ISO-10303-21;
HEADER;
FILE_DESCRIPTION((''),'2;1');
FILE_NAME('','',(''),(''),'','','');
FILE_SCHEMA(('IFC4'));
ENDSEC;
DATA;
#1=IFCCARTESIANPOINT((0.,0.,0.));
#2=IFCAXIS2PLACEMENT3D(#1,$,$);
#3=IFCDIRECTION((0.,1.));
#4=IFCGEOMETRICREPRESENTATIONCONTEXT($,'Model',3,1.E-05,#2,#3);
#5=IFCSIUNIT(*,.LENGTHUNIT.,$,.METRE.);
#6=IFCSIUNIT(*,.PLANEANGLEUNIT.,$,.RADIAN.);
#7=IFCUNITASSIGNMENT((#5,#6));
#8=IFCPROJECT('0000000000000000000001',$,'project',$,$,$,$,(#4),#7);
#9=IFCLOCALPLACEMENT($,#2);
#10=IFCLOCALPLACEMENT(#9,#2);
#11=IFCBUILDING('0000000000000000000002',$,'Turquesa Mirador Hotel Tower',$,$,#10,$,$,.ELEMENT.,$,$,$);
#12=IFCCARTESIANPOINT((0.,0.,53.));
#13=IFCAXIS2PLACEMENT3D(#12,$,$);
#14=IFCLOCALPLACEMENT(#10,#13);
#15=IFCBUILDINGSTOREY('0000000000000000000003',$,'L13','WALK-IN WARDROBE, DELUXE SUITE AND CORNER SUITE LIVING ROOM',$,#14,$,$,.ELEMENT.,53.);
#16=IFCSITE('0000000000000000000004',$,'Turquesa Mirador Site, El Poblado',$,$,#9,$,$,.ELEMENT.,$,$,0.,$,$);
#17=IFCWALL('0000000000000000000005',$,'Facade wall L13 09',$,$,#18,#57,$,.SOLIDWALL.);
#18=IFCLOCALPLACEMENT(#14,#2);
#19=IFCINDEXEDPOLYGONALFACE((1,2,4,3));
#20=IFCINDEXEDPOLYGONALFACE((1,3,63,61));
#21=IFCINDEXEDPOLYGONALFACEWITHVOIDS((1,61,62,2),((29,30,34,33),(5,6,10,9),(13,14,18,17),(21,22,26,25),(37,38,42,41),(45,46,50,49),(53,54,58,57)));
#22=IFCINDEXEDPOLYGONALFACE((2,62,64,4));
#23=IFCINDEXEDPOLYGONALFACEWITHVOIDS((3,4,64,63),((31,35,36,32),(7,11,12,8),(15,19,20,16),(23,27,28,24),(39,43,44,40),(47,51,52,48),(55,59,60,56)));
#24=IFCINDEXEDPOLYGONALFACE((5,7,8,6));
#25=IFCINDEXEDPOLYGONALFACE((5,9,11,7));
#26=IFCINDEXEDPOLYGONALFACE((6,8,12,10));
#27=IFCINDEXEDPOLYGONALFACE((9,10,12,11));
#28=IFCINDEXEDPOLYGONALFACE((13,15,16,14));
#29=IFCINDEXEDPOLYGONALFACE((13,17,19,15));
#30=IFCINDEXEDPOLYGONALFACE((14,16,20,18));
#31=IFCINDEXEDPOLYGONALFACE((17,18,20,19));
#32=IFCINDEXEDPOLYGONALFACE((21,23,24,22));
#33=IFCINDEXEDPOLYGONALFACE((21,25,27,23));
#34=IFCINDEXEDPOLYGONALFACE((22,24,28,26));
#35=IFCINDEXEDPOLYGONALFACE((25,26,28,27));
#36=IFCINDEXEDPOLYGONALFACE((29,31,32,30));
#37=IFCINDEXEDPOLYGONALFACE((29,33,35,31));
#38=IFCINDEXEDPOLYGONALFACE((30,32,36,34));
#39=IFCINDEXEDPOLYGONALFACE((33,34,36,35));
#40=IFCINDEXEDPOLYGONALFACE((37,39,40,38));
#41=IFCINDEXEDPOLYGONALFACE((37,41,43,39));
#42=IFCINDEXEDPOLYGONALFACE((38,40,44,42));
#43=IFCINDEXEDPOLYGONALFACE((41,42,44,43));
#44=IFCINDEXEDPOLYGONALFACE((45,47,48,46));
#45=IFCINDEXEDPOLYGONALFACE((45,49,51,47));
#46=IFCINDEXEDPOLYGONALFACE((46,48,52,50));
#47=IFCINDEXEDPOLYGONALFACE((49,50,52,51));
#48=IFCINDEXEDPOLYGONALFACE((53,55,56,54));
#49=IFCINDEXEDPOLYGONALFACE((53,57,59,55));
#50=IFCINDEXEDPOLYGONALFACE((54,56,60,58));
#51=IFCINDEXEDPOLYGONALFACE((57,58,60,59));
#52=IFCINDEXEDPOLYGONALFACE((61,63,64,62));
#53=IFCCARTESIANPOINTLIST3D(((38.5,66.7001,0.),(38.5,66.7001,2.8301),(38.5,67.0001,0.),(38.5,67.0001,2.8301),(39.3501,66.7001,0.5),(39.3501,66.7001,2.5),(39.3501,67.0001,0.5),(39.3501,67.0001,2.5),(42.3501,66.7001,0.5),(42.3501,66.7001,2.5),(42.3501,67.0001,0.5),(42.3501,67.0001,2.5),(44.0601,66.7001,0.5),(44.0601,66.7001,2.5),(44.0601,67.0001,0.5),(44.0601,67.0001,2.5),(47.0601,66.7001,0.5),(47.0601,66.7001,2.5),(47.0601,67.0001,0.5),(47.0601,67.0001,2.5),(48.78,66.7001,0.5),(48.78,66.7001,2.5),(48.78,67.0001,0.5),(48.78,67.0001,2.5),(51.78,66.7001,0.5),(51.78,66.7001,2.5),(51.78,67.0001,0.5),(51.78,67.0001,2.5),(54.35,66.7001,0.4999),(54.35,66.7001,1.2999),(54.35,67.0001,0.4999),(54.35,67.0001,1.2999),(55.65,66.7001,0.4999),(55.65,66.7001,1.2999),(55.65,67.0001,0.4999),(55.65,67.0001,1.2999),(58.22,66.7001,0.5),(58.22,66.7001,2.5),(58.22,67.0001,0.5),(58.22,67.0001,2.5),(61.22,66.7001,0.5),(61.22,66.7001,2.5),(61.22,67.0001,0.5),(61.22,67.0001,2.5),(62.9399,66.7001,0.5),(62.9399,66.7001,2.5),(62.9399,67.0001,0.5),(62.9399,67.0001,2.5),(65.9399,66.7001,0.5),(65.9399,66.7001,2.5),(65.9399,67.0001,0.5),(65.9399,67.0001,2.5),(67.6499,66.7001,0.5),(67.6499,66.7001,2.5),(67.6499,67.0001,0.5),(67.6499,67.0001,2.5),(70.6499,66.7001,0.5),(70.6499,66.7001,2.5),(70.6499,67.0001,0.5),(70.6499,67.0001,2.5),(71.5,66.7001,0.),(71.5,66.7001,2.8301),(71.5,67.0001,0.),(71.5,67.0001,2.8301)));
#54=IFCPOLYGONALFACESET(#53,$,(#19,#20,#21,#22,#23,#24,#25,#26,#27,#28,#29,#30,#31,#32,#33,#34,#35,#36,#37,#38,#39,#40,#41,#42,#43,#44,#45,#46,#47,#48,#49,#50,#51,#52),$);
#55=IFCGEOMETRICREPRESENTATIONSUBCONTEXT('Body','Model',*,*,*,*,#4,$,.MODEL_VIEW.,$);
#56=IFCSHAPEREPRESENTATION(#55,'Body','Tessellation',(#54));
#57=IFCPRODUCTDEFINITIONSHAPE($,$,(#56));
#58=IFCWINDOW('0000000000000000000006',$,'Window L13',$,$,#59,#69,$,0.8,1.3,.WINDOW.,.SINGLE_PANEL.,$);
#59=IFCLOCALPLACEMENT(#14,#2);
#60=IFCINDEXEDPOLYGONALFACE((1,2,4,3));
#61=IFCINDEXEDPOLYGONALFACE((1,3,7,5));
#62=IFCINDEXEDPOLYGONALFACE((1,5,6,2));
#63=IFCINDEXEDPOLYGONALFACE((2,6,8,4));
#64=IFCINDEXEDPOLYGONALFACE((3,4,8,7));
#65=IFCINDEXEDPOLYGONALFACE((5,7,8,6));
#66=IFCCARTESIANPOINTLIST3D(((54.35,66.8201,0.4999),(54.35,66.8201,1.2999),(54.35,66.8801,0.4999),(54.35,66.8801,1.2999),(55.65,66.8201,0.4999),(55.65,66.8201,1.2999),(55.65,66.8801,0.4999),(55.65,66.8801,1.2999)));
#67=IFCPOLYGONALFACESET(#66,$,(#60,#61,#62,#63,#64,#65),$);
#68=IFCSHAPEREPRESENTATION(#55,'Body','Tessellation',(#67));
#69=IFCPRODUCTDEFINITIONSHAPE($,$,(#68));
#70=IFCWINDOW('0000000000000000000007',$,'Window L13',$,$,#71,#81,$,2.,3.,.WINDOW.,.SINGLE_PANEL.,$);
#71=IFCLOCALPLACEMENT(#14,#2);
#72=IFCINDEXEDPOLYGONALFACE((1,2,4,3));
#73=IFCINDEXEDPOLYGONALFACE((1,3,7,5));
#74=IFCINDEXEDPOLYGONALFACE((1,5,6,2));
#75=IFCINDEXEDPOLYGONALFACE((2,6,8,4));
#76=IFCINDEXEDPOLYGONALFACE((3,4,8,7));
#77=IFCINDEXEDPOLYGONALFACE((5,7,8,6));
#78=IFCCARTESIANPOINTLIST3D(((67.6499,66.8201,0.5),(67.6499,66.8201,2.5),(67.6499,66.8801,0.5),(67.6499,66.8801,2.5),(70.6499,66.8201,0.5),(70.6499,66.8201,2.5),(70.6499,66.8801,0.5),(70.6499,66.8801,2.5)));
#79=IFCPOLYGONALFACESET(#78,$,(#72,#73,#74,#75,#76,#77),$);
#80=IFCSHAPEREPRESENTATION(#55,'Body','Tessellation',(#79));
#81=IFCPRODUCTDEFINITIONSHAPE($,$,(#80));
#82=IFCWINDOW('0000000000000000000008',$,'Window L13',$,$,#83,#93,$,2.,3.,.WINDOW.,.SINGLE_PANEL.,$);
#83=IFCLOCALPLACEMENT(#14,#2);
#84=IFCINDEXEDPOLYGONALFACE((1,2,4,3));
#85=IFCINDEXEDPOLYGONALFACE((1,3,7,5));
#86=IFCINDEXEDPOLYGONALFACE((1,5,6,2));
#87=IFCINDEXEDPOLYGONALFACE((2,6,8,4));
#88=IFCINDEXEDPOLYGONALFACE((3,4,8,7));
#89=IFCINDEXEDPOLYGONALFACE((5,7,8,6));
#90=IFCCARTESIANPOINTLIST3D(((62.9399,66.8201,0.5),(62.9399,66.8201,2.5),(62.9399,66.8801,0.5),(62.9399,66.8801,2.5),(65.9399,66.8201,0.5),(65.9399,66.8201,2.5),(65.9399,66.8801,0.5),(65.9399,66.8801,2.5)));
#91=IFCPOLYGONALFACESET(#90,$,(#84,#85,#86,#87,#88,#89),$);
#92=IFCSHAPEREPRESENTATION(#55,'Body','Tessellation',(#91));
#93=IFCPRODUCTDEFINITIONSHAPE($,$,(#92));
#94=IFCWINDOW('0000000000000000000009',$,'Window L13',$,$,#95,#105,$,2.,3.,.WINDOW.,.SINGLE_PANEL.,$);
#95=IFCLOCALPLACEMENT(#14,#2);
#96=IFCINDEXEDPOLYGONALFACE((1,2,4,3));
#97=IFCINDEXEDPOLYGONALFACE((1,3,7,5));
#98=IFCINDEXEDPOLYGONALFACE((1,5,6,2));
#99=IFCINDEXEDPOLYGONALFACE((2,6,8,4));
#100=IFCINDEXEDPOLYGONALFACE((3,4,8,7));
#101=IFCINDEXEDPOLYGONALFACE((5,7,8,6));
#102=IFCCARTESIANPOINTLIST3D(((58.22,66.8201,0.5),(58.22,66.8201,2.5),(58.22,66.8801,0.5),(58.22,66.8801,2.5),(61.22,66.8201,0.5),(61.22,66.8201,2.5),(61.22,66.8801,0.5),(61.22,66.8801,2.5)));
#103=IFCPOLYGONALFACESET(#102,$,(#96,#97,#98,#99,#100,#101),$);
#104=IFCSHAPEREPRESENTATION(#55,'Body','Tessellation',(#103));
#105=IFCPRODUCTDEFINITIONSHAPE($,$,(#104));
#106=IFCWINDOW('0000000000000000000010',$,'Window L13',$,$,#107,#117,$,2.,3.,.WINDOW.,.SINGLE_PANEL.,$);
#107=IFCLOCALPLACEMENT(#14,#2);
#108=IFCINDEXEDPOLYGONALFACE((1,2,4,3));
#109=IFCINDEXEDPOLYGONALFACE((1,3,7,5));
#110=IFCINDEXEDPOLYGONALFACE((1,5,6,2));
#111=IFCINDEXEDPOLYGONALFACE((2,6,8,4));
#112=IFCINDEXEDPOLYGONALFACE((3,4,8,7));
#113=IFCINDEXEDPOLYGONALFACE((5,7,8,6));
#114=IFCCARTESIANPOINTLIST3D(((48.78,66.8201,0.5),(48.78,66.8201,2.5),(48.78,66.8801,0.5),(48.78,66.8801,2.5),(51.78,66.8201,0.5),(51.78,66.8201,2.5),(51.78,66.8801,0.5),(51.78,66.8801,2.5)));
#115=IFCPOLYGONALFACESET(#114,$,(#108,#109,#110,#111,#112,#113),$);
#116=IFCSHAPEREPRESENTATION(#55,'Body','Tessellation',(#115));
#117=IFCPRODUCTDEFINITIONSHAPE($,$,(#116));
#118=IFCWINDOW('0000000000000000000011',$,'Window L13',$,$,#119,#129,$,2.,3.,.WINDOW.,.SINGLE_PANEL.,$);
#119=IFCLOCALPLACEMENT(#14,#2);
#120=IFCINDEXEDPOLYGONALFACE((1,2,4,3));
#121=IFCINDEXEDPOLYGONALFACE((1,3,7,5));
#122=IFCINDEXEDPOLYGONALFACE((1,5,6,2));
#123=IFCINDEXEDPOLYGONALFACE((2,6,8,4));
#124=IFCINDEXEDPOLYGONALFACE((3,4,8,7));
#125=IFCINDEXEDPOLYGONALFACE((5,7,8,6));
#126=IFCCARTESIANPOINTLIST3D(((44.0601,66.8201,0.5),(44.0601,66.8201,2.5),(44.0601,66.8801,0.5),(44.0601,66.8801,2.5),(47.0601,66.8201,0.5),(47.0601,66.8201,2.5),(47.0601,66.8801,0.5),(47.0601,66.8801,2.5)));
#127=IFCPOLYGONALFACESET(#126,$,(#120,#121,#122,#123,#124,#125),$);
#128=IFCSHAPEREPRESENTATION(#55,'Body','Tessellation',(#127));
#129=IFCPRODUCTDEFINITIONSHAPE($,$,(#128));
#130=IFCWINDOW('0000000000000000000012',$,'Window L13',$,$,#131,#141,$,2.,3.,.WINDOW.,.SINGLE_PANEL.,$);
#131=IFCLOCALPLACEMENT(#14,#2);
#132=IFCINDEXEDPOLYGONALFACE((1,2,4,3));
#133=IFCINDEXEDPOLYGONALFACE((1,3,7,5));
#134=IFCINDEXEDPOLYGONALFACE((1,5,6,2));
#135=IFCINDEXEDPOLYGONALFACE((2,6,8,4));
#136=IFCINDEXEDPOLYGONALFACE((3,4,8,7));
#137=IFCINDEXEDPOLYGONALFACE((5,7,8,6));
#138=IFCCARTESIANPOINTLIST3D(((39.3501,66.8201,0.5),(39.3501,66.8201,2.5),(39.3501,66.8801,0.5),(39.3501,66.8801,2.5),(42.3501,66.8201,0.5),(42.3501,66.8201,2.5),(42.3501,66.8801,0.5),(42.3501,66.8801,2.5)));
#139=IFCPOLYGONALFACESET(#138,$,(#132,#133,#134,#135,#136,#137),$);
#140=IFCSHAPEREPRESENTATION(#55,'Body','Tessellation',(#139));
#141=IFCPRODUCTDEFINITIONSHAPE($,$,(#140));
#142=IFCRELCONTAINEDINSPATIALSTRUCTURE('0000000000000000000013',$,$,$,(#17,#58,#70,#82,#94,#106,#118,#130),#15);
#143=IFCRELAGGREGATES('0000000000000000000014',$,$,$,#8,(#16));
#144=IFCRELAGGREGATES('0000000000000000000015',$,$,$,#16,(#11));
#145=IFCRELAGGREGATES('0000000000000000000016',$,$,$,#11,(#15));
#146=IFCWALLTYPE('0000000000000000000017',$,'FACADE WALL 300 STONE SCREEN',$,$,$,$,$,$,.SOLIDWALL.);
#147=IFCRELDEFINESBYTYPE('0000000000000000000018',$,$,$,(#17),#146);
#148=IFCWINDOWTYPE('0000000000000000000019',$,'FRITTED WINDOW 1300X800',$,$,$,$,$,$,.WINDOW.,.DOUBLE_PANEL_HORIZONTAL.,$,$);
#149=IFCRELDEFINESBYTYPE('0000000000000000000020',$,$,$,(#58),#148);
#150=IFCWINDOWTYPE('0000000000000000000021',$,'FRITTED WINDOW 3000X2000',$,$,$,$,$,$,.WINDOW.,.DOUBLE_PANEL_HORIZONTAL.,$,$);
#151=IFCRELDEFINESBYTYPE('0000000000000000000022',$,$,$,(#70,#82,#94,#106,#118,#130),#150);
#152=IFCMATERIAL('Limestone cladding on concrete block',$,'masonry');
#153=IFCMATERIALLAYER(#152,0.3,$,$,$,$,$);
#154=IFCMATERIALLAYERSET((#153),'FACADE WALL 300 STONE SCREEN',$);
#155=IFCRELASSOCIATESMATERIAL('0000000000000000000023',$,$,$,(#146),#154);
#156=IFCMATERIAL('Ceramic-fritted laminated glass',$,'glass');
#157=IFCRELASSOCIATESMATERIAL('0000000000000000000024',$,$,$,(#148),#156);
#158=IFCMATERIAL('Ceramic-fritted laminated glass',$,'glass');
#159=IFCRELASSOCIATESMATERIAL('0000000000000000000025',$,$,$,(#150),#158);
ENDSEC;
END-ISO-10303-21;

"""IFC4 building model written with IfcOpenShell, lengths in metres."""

from ifc_helpers import new_model, si_unit, direction, frame, frame_2d, origin, place, context, subcontext, project, spatial, rectangle, extrude, material, layer, layer_set, type_object, element, fill, save


model = new_model("IFC4")

# Units and contexts
model_context = context("Model", 3, precision=1e-05, world=origin(), true_north=direction((0.0, 1.0)))
body_context = subcontext(model_context, "Body", "Model", "MODEL_VIEW")
ifc_project = project(units=[si_unit("LENGTHUNIT", "METRE"), si_unit("PLANEANGLEUNIT", "RADIAN")], contexts=[model_context])

# Site, building, storey
site_placement = place(None, origin())
site = spatial("IfcSite", under=ifc_project, at=site_placement, Name="Turquesa Mirador Site, El Poblado", CompositionType="ELEMENT", RefElevation=0.0)
building_placement = place(site_placement, origin())
building = spatial("IfcBuilding", under=site, at=building_placement, Name="Turquesa Mirador Hotel Tower", CompositionType="ELEMENT")
storey_placement = place(building_placement, frame((0.0, 0.0, 53.0)))
storey = spatial("IfcBuildingStorey", under=building, at=storey_placement, Name="L13", Description="WALK-IN WARDROBE, DELUXE SUITE AND CORNER SUITE LIVING ROOM", CompositionType="ELEMENT", Elevation=53.0)

# Shared definitions
ifc_material_1 = material(Name="Limestone cladding on concrete block", Category="masonry")
ifc_layer = layer(ifc_material_1, 0.3)
ifc_layer_set = layer_set([ifc_layer], Name="FACADE WALL 300 STONE SCREEN")
wall_type = type_object("IfcWallType", Name="FACADE WALL 300 STONE SCREEN", PredefinedType="SOLIDWALL", material=ifc_layer_set)

# Wall, openings, windows
wall_1_placement = place(storey_placement, frame((71.5, 66.8501, 0.0), z_axis=(0.0, 0.0, 1.0), x_axis=(-1.0, 0.0, 0.0)))
wall_1 = element("IfcWall", 1, at=wall_1_placement, inside=storey, type_object=wall_type, Name="Facade wall L13 09", PredefinedType="SOLIDWALL", context=body_context, shape_type="SweptSolid", body=[
    extrude(rectangle(XDim=33.0, YDim=0.3, at=frame_2d((16.5, 0.0))), origin(), (0.0, 0.0, 1.0), 2.8301),
])
opening_1_placement = place(wall_1_placement, frame((0.8501, 0.0, 0.5)))
opening_1 = element("IfcOpeningElement", 2, at=opening_1_placement, cuts=wall_1, PredefinedType="OPENING", context=body_context, shape_type="SweptSolid", body=[
    extrude(rectangle(XDim=3.0, YDim=2.0, at=frame_2d((1.5, 1.0))), frame((0.0, 0.1599, 0.0), z_axis=(0.0, -1.0, 0.0), x_axis=(1.0, 0.0, 0.0)), (0.0, 0.0, 1.0), 0.3201),
])
opening_2_placement = place(wall_1_placement, frame((5.5601, 0.0, 0.5)))
opening_2 = element("IfcOpeningElement", 3, at=opening_2_placement, cuts=wall_1, PredefinedType="OPENING", context=body_context, shape_type="SweptSolid", body=[
    extrude(rectangle(XDim=3.0, YDim=2.0, at=frame_2d((1.5, 1.0))), frame((0.0, 0.1599, 0.0), z_axis=(0.0, -1.0, 0.0), x_axis=(1.0, 0.0, 0.0)), (0.0, 0.0, 1.0), 0.3201),
])
opening_3_placement = place(wall_1_placement, frame((10.28, 0.0, 0.5)))
opening_3 = element("IfcOpeningElement", 4, at=opening_3_placement, cuts=wall_1, PredefinedType="OPENING", context=body_context, shape_type="SweptSolid", body=[
    extrude(rectangle(XDim=3.0, YDim=2.0, at=frame_2d((1.5, 1.0))), frame((0.0, 0.1599, 0.0), z_axis=(0.0, -1.0, 0.0), x_axis=(1.0, 0.0, 0.0)), (0.0, 0.0, 1.0), 0.3201),
])
opening_4_placement = place(wall_1_placement, frame((15.8501, 0.0, 0.5)))
opening_4 = element("IfcOpeningElement", 5, at=opening_4_placement, cuts=wall_1, PredefinedType="OPENING", context=body_context, shape_type="SweptSolid", body=[
    extrude(rectangle(XDim=1.3, YDim=0.8, at=frame_2d((0.6499, 0.3999))), frame((0.0, 0.1599, 0.0), z_axis=(0.0, -1.0, 0.0), x_axis=(1.0, 0.0, 0.0)), (0.0, 0.0, 1.0), 0.3201),
])
opening_5_placement = place(wall_1_placement, frame((19.72, 0.0, 0.5)))
opening_5 = element("IfcOpeningElement", 6, at=opening_5_placement, cuts=wall_1, PredefinedType="OPENING", context=body_context, shape_type="SweptSolid", body=[
    extrude(rectangle(XDim=3.0, YDim=2.0, at=frame_2d((1.5, 1.0))), frame((0.0, 0.1599, 0.0), z_axis=(0.0, -1.0, 0.0), x_axis=(1.0, 0.0, 0.0)), (0.0, 0.0, 1.0), 0.3201),
])
opening_6_placement = place(wall_1_placement, frame((24.4399, 0.0, 0.5)))
opening_6 = element("IfcOpeningElement", 7, at=opening_6_placement, cuts=wall_1, PredefinedType="OPENING", context=body_context, shape_type="SweptSolid", body=[
    extrude(rectangle(XDim=3.0, YDim=2.0, at=frame_2d((1.5, 1.0))), frame((0.0, 0.1599, 0.0), z_axis=(0.0, -1.0, 0.0), x_axis=(1.0, 0.0, 0.0)), (0.0, 0.0, 1.0), 0.3201),
])
opening_7_placement = place(wall_1_placement, frame((29.1499, 0.0, 0.5)))
opening_7 = element("IfcOpeningElement", 8, at=opening_7_placement, cuts=wall_1, PredefinedType="OPENING", context=body_context, shape_type="SweptSolid", body=[
    extrude(rectangle(XDim=3.0, YDim=2.0, at=frame_2d((1.5, 1.0))), frame((0.0, 0.1599, 0.0), z_axis=(0.0, -1.0, 0.0), x_axis=(1.0, 0.0, 0.0)), (0.0, 0.0, 1.0), 0.3201),
])
ifc_material_2 = material(Name="Ceramic-fritted laminated glass", Category="glass")
window_type_1 = type_object("IfcWindowType", Name="FRITTED WINDOW 1300X800", PartitioningType="DOUBLE_PANEL_HORIZONTAL", PredefinedType="WINDOW", material=ifc_material_2)
window_1_placement = place(opening_4_placement, origin())
window_1 = element("IfcWindow", 9, at=window_1_placement, inside=storey, type_object=window_type_1, Name="Window L13", OverallHeight=0.8, OverallWidth=1.3, PartitioningType="SINGLE_PANEL", PredefinedType="WINDOW", context=body_context, shape_type="SweptSolid", body=[
    extrude(rectangle(XDim=1.3, YDim=0.8, at=frame_2d((0.6499, 0.3999))), frame((0.0, 0.03, 0.0), z_axis=(0.0, -1.0, 0.0), x_axis=(1.0, 0.0, 0.0)), (0.0, 0.0, 1.0), 0.0601),
])
fill(opening_4, window_1)
ifc_material_3 = material(Name="Ceramic-fritted laminated glass", Category="glass")
window_type_2 = type_object("IfcWindowType", Name="FRITTED WINDOW 3000X2000", PartitioningType="DOUBLE_PANEL_HORIZONTAL", PredefinedType="WINDOW", material=ifc_material_3)
window_2_placement = place(opening_1_placement, origin())
window_2 = element("IfcWindow", 10, at=window_2_placement, inside=storey, type_object=window_type_2, Name="Window L13", OverallHeight=2.0, OverallWidth=3.0, PartitioningType="SINGLE_PANEL", PredefinedType="WINDOW", context=body_context, shape_type="SweptSolid", body=[
    extrude(rectangle(XDim=3.0, YDim=2.0, at=frame_2d((1.5, 1.0))), frame((0.0, 0.03, 0.0), z_axis=(0.0, -1.0, 0.0), x_axis=(1.0, 0.0, 0.0)), (0.0, 0.0, 1.0), 0.0601),
])
fill(opening_1, window_2)
window_3_placement = place(opening_2_placement, origin())
window_3 = element("IfcWindow", 11, at=window_3_placement, inside=storey, type_object=window_type_2, Name="Window L13", OverallHeight=2.0, OverallWidth=3.0, PartitioningType="SINGLE_PANEL", PredefinedType="WINDOW", context=body_context, shape_type="SweptSolid", body=[
    extrude(rectangle(XDim=3.0, YDim=2.0, at=frame_2d((1.5, 1.0))), frame((0.0, 0.03, 0.0), z_axis=(0.0, -1.0, 0.0), x_axis=(1.0, 0.0, 0.0)), (0.0, 0.0, 1.0), 0.0601),
])
fill(opening_2, window_3)
window_4_placement = place(opening_3_placement, origin())
window_4 = element("IfcWindow", 12, at=window_4_placement, inside=storey, type_object=window_type_2, Name="Window L13", OverallHeight=2.0, OverallWidth=3.0, PartitioningType="SINGLE_PANEL", PredefinedType="WINDOW", context=body_context, shape_type="SweptSolid", body=[
    extrude(rectangle(XDim=3.0, YDim=2.0, at=frame_2d((1.5, 1.0))), frame((0.0, 0.03, 0.0), z_axis=(0.0, -1.0, 0.0), x_axis=(1.0, 0.0, 0.0)), (0.0, 0.0, 1.0), 0.0601),
])
fill(opening_3, window_4)
window_5_placement = place(opening_5_placement, origin())
window_5 = element("IfcWindow", 13, at=window_5_placement, inside=storey, type_object=window_type_2, Name="Window L13", OverallHeight=2.0, OverallWidth=3.0, PartitioningType="SINGLE_PANEL", PredefinedType="WINDOW", context=body_context, shape_type="SweptSolid", body=[
    extrude(rectangle(XDim=3.0, YDim=2.0, at=frame_2d((1.5, 1.0))), frame((0.0, 0.03, 0.0), z_axis=(0.0, -1.0, 0.0), x_axis=(1.0, 0.0, 0.0)), (0.0, 0.0, 1.0), 0.0601),
])
fill(opening_5, window_5)
window_6_placement = place(opening_6_placement, origin())
window_6 = element("IfcWindow", 14, at=window_6_placement, inside=storey, type_object=window_type_2, Name="Window L13", OverallHeight=2.0, OverallWidth=3.0, PartitioningType="SINGLE_PANEL", PredefinedType="WINDOW", context=body_context, shape_type="SweptSolid", body=[
    extrude(rectangle(XDim=3.0, YDim=2.0, at=frame_2d((1.5, 1.0))), frame((0.0, 0.03, 0.0), z_axis=(0.0, -1.0, 0.0), x_axis=(1.0, 0.0, 0.0)), (0.0, 0.0, 1.0), 0.0601),
])
fill(opening_6, window_6)
window_7_placement = place(opening_7_placement, origin())
window_7 = element("IfcWindow", 15, at=window_7_placement, inside=storey, type_object=window_type_2, Name="Window L13", OverallHeight=2.0, OverallWidth=3.0, PartitioningType="SINGLE_PANEL", PredefinedType="WINDOW", context=body_context, shape_type="SweptSolid", body=[
    extrude(rectangle(XDim=3.0, YDim=2.0, at=frame_2d((1.5, 1.0))), frame((0.0, 0.03, 0.0), z_axis=(0.0, -1.0, 0.0), x_axis=(1.0, 0.0, 0.0)), (0.0, 0.0, 1.0), 0.0601),
])
fill(opening_7, window_7)

save(model, "model.ifc")
